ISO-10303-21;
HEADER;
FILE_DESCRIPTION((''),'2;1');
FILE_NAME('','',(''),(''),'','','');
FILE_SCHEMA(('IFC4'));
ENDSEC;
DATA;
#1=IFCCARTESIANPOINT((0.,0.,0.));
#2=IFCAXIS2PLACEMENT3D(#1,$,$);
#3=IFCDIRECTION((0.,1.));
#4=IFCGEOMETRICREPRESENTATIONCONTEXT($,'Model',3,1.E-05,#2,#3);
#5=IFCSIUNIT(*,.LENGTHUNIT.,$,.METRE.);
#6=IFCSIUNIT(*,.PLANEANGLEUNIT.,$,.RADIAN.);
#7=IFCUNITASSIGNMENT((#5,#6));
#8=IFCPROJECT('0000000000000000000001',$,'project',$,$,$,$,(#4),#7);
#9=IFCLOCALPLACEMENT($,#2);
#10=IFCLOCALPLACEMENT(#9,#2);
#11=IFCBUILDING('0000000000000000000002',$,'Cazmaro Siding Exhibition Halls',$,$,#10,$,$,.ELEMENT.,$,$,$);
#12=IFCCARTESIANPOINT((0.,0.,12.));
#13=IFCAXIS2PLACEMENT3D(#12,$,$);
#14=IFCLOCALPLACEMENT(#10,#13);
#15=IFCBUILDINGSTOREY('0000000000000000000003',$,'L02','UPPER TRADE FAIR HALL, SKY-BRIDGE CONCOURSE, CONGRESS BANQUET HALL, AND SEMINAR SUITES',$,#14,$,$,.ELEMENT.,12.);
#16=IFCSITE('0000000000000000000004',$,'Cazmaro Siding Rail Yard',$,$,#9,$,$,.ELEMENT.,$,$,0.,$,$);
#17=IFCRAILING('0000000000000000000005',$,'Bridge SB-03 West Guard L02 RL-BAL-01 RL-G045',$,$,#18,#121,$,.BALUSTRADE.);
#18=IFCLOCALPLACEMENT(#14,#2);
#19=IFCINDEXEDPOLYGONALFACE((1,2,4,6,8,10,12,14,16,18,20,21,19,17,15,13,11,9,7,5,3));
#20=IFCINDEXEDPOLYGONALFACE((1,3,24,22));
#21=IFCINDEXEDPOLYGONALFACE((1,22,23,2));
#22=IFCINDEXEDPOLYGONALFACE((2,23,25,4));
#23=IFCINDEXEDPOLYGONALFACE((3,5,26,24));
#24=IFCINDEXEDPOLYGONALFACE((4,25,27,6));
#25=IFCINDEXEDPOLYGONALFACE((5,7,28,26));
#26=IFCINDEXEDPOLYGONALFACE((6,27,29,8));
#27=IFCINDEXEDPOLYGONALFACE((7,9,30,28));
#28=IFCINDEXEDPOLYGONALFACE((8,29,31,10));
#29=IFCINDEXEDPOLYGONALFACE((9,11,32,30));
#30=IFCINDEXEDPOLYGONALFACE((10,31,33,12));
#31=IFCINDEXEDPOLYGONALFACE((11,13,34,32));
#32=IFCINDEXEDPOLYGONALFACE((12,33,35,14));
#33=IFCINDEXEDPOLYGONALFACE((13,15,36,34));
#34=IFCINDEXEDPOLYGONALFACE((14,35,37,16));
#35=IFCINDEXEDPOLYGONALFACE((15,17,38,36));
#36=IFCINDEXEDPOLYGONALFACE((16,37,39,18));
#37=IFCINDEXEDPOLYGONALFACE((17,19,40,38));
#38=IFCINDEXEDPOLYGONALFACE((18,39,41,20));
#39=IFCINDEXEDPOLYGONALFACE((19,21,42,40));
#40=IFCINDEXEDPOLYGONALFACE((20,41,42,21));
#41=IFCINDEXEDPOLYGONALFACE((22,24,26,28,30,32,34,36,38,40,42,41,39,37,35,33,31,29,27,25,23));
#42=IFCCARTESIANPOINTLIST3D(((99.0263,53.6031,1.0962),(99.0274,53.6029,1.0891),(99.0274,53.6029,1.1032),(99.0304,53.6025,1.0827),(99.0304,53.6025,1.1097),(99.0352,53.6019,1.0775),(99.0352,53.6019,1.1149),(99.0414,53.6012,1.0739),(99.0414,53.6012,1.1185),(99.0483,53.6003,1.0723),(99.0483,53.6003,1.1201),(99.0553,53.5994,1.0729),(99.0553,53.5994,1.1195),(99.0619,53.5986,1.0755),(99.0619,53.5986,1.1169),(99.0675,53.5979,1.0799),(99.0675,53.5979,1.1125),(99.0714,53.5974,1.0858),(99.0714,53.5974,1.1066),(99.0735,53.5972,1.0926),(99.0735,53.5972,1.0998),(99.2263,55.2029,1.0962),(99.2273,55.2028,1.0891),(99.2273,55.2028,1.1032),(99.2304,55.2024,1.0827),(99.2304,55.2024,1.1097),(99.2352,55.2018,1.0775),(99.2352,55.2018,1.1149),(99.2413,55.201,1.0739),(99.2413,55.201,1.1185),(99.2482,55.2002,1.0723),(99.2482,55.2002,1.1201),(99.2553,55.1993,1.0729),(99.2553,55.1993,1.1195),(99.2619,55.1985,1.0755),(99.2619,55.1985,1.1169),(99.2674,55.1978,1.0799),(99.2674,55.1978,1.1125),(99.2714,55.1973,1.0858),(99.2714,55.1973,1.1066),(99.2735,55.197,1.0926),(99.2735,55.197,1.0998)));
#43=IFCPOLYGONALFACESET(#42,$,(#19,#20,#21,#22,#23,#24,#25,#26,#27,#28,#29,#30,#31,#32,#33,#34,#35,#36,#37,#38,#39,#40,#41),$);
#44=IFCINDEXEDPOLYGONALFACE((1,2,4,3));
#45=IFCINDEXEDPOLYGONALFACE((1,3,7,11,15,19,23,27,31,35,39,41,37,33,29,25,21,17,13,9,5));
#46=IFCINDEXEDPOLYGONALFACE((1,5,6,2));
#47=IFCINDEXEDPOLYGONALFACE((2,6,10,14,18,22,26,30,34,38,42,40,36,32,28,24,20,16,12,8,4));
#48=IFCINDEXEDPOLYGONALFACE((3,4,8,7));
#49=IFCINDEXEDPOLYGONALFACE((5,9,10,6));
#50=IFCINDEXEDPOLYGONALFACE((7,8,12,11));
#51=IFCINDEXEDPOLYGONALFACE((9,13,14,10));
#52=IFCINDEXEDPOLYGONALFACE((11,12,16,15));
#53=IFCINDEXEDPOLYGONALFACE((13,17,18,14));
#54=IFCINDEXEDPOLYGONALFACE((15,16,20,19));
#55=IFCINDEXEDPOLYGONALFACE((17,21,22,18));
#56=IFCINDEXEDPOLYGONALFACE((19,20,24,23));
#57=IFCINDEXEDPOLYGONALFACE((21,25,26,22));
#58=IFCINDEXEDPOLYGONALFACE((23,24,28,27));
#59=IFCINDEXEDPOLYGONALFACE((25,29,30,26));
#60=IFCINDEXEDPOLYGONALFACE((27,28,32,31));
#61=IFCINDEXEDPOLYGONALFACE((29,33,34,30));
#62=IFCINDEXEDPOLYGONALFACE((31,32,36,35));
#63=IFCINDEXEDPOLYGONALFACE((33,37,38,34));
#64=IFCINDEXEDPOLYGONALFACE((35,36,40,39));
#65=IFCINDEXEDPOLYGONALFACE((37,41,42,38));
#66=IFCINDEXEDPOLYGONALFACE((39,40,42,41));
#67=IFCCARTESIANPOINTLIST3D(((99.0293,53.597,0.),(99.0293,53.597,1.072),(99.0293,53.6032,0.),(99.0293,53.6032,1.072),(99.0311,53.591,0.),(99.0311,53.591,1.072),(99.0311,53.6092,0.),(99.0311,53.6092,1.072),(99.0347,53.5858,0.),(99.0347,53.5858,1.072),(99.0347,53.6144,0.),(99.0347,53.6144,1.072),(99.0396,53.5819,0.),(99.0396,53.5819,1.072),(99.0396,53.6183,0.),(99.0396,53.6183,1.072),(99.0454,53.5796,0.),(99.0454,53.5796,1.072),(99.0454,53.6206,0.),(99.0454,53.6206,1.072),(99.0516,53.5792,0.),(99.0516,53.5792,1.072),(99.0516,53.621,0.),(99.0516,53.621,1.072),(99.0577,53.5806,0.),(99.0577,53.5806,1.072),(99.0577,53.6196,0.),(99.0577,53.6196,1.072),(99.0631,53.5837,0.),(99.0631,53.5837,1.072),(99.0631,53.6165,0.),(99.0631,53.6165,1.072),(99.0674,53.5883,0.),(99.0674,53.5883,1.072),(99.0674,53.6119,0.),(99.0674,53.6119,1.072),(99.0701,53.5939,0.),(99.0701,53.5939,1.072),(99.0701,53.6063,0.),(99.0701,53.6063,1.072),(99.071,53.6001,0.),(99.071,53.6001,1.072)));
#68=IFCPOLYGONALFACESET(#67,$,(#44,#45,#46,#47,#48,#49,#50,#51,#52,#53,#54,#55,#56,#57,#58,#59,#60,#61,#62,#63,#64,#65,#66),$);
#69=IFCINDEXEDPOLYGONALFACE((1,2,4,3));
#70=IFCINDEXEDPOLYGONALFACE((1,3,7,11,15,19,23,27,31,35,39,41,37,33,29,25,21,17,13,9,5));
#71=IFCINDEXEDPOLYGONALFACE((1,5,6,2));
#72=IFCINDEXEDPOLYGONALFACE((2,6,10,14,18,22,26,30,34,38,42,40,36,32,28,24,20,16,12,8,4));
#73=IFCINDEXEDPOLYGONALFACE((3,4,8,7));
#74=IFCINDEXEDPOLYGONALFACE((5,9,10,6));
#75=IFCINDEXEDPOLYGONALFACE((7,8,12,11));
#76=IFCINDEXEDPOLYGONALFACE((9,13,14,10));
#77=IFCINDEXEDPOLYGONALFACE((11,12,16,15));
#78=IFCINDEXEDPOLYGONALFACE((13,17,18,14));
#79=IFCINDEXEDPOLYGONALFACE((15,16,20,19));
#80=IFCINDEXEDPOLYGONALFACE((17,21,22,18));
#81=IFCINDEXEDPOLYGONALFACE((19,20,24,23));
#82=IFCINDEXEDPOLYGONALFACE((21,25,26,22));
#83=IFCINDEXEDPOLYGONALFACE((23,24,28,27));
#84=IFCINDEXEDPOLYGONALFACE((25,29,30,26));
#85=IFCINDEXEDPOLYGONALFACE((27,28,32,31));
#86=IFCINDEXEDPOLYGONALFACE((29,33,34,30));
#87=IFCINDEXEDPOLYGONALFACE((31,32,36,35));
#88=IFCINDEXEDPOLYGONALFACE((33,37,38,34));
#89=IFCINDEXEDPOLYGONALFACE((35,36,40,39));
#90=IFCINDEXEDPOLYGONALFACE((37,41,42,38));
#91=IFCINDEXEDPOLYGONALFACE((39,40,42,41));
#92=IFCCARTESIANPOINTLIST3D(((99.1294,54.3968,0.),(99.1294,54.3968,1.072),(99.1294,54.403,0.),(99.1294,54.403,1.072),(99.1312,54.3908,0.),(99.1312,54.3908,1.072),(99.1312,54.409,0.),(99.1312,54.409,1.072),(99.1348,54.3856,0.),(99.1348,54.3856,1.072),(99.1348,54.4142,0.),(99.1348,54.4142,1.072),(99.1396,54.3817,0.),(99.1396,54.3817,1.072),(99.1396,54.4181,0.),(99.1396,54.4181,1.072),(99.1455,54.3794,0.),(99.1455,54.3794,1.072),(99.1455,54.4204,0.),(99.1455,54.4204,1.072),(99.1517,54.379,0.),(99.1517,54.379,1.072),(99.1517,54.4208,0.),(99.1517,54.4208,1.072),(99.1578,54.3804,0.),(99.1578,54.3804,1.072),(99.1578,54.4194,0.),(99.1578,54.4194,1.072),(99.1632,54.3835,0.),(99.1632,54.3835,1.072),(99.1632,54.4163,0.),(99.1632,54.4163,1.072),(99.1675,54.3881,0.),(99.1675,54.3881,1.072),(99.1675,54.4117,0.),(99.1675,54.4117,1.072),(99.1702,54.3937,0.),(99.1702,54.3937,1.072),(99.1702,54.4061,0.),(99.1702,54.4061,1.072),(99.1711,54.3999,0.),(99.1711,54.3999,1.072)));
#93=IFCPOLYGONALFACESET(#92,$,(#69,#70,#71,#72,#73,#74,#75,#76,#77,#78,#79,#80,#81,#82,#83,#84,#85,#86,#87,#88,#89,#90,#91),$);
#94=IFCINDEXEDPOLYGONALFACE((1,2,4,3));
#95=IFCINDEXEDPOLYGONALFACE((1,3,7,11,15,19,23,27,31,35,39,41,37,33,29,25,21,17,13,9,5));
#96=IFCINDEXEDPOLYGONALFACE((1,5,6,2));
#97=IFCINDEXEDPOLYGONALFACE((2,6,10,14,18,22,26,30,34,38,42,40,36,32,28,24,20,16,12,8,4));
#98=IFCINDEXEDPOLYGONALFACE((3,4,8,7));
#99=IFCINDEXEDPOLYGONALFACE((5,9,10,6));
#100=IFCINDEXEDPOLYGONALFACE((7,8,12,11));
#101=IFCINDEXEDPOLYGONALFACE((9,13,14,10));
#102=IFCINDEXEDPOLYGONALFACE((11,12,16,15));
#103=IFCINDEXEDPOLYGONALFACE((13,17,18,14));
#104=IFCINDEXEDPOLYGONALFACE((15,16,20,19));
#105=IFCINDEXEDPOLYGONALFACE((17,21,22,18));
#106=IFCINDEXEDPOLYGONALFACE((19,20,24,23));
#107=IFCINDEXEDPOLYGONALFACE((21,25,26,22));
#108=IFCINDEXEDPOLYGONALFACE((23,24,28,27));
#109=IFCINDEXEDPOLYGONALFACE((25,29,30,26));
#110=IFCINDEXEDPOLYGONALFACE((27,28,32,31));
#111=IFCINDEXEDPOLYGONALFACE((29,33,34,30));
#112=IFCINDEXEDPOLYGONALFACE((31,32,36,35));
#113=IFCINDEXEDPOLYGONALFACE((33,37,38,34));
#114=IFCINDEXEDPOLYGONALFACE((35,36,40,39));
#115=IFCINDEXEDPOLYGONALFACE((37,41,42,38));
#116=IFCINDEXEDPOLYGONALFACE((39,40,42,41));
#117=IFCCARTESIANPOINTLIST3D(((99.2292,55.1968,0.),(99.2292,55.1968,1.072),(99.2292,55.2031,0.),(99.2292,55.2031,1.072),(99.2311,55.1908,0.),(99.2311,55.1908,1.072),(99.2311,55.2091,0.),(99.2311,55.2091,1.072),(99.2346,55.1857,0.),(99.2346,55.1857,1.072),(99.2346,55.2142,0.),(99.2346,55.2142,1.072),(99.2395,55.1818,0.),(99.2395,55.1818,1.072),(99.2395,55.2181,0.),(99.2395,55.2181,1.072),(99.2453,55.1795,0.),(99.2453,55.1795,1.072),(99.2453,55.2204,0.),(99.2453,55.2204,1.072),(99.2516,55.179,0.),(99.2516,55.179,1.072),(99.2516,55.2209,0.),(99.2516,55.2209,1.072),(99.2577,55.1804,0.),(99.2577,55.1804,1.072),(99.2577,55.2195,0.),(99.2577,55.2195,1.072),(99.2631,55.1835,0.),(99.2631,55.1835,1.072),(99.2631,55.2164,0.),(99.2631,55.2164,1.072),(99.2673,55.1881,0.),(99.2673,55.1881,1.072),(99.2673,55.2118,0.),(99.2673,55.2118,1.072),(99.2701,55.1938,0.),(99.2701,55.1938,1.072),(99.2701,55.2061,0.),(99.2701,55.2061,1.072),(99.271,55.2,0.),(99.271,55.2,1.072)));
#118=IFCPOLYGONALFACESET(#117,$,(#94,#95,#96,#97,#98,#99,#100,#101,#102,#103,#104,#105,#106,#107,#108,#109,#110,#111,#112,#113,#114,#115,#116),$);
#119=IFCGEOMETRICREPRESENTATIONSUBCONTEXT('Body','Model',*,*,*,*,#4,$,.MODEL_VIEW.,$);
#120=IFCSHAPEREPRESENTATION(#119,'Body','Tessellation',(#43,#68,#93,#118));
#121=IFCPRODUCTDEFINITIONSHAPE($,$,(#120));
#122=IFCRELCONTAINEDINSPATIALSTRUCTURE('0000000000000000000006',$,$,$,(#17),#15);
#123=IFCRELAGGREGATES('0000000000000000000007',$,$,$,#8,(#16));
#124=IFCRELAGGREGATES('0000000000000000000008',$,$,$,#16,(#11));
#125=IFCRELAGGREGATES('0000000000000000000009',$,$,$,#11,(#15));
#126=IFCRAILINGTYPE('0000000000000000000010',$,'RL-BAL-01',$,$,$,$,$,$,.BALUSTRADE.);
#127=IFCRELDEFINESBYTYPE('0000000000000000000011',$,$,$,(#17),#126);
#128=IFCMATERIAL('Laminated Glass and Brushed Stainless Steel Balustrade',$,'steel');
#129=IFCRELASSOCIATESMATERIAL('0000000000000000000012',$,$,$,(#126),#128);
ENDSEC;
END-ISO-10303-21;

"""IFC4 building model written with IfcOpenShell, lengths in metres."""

from ifc_helpers import new_model, si_unit, direction, frame, origin, origin_2d, place, context, subcontext, project, spatial, circle, extrude, material, type_object, element, save


model = new_model("IFC4")

# Units and contexts
model_context = context("Model", 3, precision=1e-05, world=origin(), true_north=direction((0.0, 1.0)))
body_context = subcontext(model_context, "Body", "Model", "MODEL_VIEW")
ifc_project = project(units=[si_unit("LENGTHUNIT", "METRE"), si_unit("PLANEANGLEUNIT", "RADIAN")], contexts=[model_context])

# Site, building, storey
site_placement = place(None, origin())
site = spatial("IfcSite", under=ifc_project, at=site_placement, Name="Cazmaro Siding Rail Yard", CompositionType="ELEMENT", RefElevation=0.0)
building_placement = place(site_placement, origin())
building = spatial("IfcBuilding", under=site, at=building_placement, Name="Cazmaro Siding Exhibition Halls", CompositionType="ELEMENT")
storey_placement = place(building_placement, frame((0.0, 0.0, 12.0)))
storey = spatial("IfcBuildingStorey", under=building, at=storey_placement, Name="L02", Description="UPPER TRADE FAIR HALL, SKY-BRIDGE CONCOURSE, CONGRESS BANQUET HALL, AND SEMINAR SUITES", CompositionType="ELEMENT", Elevation=12.0)

# Railing
ifc_material_1 = material(Name="Laminated Glass and Brushed Stainless Steel Balustrade", Category="steel")
railing_type = type_object("IfcRailingType", Name="RL-BAL-01", PredefinedType="BALUSTRADE", material=ifc_material_1)
railing_1_placement = place(storey_placement, frame((99.05, 53.6001, 0.0)))
element("IfcRailing", 1, at=railing_1_placement, inside=storey, type_object=railing_type, Name="Bridge SB-03 West Guard L02 RL-BAL-01 RL-G045", PredefinedType="BALUSTRADE", context=body_context, shape_type="SweptSolid", body=[
    extrude(circle(Radius=0.0239, at=origin_2d()), frame((0.0, 0.0, 1.0962), z_axis=(0.124016, 0.99228, 0.0), x_axis=(-0.99228, 0.124016, 0.0)), (0.0, 0.0, 1.0), 1.6123),
    extrude(circle(Radius=0.021, at=origin_2d()), origin(), (0.0, 0.0, 1.0), 1.072),
    extrude(circle(Radius=0.021, at=origin_2d()), frame((0.1001, 0.7998, 0.0)), (0.0, 0.0, 1.0), 1.072),
    extrude(circle(Radius=0.021, at=origin_2d()), frame((0.2, 1.5999, 0.0)), (0.0, 0.0, 1.0), 1.072),
])

save(model, "model.ifc")
